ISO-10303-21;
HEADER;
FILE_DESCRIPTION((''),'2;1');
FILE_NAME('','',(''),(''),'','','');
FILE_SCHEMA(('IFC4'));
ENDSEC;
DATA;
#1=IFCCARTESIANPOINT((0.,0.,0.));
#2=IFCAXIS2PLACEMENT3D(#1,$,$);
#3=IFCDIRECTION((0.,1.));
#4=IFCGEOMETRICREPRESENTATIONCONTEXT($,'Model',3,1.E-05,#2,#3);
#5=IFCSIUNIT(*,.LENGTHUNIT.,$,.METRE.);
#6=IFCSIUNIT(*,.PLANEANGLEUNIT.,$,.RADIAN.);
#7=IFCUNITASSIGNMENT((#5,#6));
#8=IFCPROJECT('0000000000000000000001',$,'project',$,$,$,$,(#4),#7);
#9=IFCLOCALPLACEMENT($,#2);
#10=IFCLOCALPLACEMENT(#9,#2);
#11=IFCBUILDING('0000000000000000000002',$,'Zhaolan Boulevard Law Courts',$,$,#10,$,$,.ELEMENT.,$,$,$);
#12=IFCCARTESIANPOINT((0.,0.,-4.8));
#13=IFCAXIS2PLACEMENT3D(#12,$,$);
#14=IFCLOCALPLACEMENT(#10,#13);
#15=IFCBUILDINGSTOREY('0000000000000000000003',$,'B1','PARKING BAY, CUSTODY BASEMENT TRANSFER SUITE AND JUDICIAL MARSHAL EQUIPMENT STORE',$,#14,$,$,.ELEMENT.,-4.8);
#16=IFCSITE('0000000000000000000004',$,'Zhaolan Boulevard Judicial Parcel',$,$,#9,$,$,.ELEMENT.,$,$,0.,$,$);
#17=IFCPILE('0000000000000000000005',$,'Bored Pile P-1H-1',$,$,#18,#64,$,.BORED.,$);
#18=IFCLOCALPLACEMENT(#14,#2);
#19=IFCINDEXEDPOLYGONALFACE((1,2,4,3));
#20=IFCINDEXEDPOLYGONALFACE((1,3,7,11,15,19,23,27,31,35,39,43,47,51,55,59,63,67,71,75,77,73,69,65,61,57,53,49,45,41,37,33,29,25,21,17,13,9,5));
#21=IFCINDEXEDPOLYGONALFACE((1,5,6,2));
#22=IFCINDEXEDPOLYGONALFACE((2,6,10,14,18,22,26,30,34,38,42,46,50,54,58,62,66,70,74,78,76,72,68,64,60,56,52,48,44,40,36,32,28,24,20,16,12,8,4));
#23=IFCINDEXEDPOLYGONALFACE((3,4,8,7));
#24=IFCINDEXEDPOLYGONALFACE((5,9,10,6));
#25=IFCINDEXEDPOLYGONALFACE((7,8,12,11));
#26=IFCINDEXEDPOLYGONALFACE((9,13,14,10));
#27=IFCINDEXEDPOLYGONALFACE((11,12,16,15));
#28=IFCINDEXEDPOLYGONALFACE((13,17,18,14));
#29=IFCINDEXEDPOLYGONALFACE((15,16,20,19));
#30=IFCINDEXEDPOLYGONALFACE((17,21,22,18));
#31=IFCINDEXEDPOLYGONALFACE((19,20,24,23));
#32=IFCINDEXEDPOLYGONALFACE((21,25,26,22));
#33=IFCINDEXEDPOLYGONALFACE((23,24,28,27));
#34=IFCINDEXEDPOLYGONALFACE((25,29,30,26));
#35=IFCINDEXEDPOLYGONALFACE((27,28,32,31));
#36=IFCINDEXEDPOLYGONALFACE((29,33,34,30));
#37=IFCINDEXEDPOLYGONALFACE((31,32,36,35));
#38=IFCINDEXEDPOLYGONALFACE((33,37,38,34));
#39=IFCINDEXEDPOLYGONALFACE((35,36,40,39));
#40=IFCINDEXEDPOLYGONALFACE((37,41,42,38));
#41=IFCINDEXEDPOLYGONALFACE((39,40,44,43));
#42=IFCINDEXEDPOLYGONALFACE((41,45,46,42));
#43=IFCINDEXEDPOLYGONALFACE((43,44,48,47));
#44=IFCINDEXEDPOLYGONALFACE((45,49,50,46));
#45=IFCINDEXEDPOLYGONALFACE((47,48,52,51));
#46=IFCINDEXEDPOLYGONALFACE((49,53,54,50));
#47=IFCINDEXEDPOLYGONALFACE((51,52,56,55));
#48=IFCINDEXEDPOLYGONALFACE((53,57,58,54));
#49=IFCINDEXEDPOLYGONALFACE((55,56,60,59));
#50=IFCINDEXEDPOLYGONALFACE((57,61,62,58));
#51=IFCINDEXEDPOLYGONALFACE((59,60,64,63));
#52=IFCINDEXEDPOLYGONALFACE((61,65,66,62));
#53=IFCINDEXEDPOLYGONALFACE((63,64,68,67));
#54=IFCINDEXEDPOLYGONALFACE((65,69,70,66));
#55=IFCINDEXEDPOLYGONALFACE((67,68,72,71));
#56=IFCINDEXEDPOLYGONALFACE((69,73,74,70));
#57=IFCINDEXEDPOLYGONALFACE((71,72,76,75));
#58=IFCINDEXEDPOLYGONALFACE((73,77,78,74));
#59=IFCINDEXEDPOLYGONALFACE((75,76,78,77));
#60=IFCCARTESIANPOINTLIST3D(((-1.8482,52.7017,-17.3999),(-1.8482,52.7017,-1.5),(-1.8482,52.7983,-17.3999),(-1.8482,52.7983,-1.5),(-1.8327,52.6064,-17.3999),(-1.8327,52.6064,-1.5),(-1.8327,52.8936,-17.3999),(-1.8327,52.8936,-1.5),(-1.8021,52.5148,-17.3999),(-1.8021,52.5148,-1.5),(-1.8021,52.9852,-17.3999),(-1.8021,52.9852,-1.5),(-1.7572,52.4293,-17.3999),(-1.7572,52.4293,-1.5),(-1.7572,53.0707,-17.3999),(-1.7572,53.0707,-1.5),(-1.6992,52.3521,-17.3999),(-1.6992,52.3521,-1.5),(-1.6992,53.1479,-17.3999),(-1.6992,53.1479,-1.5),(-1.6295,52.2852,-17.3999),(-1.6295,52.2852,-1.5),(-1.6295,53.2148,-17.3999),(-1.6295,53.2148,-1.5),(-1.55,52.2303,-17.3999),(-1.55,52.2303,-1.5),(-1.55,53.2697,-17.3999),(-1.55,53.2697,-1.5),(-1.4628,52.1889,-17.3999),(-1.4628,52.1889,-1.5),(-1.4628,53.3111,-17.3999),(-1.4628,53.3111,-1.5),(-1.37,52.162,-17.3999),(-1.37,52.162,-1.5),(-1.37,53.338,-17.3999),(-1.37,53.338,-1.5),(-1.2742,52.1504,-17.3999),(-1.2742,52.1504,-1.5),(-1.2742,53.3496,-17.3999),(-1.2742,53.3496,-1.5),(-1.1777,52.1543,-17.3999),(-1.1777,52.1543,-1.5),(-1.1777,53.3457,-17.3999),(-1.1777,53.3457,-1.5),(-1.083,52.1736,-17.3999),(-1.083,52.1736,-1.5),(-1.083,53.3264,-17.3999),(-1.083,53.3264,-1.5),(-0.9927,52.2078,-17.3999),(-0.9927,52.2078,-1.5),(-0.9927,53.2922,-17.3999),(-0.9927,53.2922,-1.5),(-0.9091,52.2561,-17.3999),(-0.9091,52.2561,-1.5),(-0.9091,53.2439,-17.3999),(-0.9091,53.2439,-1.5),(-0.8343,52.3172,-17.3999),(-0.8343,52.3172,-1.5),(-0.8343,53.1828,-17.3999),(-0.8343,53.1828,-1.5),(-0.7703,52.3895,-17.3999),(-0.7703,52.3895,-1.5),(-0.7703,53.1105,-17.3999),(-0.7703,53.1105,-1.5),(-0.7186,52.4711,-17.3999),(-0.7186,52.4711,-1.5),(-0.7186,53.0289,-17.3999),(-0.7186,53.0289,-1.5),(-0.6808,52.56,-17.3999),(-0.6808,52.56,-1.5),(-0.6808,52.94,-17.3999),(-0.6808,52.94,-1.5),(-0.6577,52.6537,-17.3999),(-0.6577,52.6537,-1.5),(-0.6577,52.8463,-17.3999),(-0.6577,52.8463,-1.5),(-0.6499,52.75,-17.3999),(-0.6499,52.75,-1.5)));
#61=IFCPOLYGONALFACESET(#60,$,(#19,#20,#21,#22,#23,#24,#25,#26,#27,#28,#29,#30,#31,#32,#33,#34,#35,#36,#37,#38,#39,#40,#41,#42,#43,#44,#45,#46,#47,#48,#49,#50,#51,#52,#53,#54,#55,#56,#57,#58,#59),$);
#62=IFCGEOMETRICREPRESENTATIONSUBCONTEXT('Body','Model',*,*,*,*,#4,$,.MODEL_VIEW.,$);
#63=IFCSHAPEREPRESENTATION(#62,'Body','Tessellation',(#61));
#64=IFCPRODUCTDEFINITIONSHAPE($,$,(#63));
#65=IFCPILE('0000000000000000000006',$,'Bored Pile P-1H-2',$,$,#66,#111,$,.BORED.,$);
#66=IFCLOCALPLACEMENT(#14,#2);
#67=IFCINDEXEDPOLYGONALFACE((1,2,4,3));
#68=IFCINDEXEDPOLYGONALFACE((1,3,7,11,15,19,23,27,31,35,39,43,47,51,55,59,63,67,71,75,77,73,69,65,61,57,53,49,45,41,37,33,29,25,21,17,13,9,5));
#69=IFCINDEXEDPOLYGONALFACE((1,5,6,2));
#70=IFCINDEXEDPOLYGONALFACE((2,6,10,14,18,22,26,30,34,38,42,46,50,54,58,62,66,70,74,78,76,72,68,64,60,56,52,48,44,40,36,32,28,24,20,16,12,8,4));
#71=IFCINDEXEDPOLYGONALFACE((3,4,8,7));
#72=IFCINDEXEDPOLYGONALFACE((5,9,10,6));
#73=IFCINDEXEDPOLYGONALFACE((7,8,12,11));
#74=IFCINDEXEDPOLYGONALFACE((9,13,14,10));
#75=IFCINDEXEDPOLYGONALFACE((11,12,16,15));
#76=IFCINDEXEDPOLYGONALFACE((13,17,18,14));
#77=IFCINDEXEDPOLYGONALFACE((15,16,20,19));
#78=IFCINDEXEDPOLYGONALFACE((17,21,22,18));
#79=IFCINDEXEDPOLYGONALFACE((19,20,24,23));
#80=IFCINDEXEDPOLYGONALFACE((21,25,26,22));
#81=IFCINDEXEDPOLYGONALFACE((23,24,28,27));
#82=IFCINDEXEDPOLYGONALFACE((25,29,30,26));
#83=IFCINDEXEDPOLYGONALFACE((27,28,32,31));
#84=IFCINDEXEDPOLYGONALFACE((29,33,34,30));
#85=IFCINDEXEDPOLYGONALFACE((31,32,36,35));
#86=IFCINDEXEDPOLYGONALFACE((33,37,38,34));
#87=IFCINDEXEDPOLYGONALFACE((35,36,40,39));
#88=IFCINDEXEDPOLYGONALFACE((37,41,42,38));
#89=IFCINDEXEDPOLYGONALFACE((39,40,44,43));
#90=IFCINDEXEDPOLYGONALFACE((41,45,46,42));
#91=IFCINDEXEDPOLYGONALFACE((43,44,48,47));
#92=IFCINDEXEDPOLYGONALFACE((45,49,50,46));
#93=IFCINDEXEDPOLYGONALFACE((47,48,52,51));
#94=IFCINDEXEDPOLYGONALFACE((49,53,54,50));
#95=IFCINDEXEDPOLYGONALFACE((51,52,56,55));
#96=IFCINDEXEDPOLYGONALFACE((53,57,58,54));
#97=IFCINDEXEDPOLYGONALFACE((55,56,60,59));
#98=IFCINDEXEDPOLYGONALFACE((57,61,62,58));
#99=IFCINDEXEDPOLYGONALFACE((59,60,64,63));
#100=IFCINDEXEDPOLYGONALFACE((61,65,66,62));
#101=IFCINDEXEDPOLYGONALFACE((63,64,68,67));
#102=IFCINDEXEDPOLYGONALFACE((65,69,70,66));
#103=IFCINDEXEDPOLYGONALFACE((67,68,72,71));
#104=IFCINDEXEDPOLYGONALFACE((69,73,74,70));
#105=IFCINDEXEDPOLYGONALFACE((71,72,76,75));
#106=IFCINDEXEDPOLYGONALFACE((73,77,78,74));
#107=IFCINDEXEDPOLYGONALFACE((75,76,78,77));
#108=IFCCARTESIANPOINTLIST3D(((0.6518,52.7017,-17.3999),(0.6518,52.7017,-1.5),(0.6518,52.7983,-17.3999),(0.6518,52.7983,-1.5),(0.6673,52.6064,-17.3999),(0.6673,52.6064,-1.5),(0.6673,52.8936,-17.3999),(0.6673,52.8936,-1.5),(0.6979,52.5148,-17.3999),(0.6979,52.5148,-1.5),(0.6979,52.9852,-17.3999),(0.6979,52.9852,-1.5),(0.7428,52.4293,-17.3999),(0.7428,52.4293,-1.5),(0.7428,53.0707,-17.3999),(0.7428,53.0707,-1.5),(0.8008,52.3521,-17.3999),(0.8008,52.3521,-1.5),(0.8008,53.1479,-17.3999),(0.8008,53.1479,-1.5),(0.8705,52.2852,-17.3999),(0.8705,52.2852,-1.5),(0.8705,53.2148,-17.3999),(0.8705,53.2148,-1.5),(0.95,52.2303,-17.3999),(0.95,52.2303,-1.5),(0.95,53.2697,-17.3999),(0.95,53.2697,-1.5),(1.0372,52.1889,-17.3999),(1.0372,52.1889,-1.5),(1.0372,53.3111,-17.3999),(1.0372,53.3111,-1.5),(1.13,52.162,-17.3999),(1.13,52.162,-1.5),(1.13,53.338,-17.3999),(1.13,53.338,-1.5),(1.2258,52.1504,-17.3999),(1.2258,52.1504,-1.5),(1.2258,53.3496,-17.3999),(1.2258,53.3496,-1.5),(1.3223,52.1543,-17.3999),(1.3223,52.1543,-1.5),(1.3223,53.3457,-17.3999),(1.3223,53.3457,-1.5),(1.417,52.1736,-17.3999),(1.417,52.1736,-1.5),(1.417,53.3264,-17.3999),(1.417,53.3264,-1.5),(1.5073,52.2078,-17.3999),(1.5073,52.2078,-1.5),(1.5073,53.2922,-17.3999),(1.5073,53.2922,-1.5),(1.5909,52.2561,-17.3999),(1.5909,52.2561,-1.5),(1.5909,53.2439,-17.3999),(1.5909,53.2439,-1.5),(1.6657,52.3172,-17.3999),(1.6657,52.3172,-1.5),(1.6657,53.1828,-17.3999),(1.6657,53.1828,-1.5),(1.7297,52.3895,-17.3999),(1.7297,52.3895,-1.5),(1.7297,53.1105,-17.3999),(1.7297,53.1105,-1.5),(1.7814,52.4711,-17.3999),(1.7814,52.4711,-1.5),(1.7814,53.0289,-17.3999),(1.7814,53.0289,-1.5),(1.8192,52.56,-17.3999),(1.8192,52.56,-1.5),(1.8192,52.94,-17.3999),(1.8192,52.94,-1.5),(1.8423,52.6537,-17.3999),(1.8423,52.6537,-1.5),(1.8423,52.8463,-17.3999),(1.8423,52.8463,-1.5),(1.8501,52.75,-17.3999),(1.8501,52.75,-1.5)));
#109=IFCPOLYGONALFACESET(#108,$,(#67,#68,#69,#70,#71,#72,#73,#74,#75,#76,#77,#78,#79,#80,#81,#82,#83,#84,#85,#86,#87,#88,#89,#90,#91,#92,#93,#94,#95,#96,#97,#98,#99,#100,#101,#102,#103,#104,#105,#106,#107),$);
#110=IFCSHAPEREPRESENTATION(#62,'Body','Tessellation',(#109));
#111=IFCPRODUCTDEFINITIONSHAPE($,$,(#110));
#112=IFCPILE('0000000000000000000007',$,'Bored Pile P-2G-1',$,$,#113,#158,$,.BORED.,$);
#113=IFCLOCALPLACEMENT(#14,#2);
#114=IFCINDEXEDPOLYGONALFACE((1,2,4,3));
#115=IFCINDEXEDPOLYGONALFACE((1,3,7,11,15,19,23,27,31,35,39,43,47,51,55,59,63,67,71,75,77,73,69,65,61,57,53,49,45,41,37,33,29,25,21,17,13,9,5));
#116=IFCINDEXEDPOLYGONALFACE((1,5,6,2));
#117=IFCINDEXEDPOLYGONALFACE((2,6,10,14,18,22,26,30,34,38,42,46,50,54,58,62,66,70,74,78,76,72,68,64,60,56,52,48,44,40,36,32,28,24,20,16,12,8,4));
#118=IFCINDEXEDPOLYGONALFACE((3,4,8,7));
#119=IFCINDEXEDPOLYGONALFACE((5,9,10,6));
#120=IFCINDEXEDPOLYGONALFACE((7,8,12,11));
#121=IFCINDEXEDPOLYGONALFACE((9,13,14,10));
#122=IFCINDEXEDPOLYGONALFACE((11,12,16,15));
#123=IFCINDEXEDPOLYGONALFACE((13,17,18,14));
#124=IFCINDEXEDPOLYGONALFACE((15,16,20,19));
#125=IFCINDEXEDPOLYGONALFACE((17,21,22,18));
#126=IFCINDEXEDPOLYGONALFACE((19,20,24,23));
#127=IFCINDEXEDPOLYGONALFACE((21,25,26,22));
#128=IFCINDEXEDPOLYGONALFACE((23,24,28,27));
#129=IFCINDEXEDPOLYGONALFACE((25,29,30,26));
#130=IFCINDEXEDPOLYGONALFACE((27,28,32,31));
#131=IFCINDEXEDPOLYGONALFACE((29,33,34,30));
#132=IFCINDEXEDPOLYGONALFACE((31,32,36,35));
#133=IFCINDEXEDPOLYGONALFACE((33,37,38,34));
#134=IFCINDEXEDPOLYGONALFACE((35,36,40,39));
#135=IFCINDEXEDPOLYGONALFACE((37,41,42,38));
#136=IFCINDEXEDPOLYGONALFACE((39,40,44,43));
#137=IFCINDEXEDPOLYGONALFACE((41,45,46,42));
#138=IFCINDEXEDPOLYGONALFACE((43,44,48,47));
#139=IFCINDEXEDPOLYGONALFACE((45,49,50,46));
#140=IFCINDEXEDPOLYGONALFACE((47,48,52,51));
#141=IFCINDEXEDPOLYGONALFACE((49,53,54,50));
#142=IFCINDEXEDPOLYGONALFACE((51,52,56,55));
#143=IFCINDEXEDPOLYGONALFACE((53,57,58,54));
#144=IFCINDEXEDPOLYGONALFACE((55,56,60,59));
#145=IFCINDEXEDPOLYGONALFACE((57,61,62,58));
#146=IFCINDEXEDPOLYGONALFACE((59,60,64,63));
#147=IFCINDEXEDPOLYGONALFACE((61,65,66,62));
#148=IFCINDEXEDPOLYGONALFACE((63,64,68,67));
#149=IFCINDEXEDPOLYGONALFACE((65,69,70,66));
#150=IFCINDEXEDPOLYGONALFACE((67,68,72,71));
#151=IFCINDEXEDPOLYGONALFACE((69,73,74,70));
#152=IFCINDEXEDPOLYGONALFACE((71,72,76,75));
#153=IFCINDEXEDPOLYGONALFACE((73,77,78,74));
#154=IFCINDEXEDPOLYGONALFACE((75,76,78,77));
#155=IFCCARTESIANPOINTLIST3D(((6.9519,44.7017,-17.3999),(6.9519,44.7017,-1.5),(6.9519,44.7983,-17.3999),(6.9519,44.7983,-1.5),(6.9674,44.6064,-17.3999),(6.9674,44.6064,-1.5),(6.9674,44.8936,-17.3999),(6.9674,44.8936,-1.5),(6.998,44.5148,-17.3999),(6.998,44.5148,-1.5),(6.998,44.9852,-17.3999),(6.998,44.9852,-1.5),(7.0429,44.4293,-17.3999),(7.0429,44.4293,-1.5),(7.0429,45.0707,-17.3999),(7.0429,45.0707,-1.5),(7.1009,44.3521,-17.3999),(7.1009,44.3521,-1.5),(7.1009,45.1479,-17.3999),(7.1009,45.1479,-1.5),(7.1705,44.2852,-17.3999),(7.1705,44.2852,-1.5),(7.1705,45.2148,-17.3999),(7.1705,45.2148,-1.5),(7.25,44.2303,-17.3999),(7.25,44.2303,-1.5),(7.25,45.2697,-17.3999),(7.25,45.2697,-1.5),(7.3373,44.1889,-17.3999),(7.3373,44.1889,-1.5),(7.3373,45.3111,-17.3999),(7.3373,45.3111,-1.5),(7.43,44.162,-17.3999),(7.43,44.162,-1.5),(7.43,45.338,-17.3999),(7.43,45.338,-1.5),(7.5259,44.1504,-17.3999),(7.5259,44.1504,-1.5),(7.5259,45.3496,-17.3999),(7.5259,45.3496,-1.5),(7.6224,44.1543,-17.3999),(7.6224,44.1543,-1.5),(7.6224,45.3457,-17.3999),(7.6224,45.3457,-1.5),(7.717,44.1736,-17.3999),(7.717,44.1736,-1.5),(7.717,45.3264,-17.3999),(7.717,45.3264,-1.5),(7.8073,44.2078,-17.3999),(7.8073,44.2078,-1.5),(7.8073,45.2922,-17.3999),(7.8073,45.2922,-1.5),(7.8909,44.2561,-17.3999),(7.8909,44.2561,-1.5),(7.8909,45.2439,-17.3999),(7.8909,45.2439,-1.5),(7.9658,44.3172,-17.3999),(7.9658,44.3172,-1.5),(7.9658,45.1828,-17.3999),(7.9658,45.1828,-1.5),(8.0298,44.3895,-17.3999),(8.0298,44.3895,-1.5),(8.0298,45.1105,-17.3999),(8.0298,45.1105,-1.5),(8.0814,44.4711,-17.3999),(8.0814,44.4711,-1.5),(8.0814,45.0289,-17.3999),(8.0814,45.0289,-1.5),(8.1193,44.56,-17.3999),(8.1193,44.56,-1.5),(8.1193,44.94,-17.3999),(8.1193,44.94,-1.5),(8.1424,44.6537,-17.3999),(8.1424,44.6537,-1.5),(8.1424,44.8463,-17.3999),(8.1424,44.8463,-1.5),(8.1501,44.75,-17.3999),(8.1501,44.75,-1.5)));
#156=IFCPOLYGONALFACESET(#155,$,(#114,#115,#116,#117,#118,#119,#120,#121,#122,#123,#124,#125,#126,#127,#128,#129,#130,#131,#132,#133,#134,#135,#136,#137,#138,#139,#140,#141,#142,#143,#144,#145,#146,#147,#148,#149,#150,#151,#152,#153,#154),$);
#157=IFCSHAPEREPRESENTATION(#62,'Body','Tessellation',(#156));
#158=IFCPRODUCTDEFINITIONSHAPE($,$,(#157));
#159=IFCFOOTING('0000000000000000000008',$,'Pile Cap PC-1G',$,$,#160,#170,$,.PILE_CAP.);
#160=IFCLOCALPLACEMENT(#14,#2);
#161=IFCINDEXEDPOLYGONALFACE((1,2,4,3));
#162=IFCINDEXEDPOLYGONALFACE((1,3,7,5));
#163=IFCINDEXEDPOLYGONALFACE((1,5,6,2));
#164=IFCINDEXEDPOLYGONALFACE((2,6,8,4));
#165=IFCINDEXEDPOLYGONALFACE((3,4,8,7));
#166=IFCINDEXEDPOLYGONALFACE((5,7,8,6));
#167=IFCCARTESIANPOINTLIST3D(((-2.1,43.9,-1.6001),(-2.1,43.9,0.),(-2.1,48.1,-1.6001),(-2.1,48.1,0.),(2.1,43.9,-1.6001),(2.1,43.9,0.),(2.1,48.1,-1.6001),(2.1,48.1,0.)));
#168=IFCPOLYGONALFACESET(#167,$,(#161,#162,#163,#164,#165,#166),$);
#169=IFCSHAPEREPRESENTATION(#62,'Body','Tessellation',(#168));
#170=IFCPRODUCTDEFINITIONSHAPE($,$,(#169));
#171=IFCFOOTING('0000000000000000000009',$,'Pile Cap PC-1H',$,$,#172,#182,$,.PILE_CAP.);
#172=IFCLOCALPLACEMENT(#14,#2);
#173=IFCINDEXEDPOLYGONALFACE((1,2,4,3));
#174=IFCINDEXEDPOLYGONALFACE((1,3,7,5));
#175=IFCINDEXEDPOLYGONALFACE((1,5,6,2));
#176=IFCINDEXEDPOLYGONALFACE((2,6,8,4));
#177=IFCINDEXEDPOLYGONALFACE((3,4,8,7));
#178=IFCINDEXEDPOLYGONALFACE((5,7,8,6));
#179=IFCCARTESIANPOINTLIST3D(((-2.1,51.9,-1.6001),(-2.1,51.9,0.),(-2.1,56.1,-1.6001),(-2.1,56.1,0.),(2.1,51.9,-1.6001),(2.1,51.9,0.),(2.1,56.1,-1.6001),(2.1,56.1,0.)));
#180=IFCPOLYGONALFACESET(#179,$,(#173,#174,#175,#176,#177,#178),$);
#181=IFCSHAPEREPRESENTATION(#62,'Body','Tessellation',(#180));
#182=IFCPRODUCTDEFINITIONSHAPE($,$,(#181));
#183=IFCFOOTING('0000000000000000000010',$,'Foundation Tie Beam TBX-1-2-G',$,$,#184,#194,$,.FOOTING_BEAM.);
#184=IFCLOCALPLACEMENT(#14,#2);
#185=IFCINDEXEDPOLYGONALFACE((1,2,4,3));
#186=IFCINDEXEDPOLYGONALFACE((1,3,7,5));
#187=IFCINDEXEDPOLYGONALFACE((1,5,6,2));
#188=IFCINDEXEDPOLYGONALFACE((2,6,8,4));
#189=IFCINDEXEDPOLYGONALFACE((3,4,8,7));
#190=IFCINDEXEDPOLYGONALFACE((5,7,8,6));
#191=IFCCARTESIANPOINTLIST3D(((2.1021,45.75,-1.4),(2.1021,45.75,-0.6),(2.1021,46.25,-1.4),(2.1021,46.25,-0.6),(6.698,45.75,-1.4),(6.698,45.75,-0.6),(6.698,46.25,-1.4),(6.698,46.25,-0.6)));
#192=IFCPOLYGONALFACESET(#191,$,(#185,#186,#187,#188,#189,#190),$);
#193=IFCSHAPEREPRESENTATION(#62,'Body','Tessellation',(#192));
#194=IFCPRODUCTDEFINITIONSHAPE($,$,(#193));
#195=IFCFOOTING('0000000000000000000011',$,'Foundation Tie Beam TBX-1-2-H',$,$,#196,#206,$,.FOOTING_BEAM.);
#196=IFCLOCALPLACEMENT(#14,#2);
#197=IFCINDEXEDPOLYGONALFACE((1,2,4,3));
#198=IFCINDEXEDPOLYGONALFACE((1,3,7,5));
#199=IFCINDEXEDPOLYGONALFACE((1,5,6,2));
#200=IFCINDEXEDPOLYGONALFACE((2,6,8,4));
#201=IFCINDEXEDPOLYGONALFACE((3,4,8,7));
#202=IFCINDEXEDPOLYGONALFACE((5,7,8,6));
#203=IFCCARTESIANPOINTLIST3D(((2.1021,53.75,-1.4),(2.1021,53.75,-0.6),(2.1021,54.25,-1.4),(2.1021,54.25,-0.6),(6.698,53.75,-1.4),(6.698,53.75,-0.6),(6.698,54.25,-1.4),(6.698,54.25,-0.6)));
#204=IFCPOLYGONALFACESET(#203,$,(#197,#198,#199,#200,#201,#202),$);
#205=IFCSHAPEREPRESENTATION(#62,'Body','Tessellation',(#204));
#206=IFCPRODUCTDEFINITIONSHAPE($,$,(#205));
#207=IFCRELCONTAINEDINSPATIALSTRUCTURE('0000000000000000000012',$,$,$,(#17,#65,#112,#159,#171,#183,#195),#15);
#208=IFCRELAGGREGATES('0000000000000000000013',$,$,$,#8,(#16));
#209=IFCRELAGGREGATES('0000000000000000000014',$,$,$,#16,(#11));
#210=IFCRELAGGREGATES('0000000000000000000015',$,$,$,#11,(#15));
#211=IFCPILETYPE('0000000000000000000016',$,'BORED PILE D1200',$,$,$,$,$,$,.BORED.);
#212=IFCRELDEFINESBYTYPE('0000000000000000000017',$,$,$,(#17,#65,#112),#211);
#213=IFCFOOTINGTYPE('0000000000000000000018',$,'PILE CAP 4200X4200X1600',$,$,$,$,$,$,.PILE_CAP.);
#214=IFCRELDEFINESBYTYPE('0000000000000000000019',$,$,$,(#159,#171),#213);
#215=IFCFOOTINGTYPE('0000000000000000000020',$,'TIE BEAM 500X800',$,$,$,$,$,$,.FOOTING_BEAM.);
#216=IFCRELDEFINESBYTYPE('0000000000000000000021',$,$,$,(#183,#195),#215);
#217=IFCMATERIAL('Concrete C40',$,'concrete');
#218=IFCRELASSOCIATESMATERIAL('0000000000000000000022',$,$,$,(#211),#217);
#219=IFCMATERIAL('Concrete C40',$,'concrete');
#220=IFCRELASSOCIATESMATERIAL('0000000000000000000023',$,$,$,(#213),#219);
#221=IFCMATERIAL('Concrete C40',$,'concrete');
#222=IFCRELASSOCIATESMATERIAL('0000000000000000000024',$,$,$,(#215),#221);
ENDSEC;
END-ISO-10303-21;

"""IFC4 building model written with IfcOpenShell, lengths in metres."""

from ifc_helpers import new_model, si_unit, direction, frame, origin, origin_2d, place, context, subcontext, project, spatial, rectangle, circle, extrude, material, material_profile, profile_set, type_object, element, save


model = new_model("IFC4")

# Units and contexts
model_context = context("Model", 3, precision=1e-05, world=origin(), true_north=direction((0.0, 1.0)))
body_context = subcontext(model_context, "Body", "Model", "MODEL_VIEW")
ifc_project = project(units=[si_unit("LENGTHUNIT", "METRE"), si_unit("PLANEANGLEUNIT", "RADIAN")], contexts=[model_context])

# Site, building, storey
site_placement = place(None, origin())
site = spatial("IfcSite", under=ifc_project, at=site_placement, Name="Zhaolan Boulevard Judicial Parcel", CompositionType="ELEMENT", RefElevation=0.0)
building_placement = place(site_placement, origin())
building = spatial("IfcBuilding", under=site, at=building_placement, Name="Zhaolan Boulevard Law Courts", CompositionType="ELEMENT")
storey_placement = place(building_placement, frame((0.0, 0.0, -4.8)))
storey = spatial("IfcBuildingStorey", under=building, at=storey_placement, Name="B1", Description="PARKING BAY, CUSTODY BASEMENT TRANSFER SUITE AND JUDICIAL MARSHAL EQUIPMENT STORE", CompositionType="ELEMENT", Elevation=-4.8)

# Piles
ifc_material_1 = material(Name="Concrete C40", Category="concrete")
ifc_material_profile_1 = material_profile(ifc_material_1, circle(Radius=0.6001, at=origin_2d()), Name="PILE-D1200")
ifc_profile_set_1 = profile_set([ifc_material_profile_1], Name="Concrete C40")
pile_type = type_object("IfcPileType", Name="BORED PILE D1200", PredefinedType="BORED", material=ifc_profile_set_1)
for number, where, z_axis, x_axis, name in (
    (1, (-1.25, 52.75, -1.5), (0.0, 0.0, -1.0), (1.0, 0.0, 0.0), "Bored Pile P-1H-1"),
    (2, (1.25, 52.75, -1.5), (0.0, 0.0, -1.0), (1.0, 0.0, 0.0), "Bored Pile P-1H-2"),
    (3, (7.55, 44.75, -1.5), (0.0, 0.0, -1.0), (1.0, 0.0, 0.0), "Bored Pile P-2G-1"),
):
    element("IfcPile", number, at=place(storey_placement, frame(where, z_axis=z_axis, x_axis=x_axis)), inside=storey, type_object=pile_type, Name=name, PredefinedType="BORED", context=body_context, shape_type="SweptSolid", body=[
        extrude(circle(Radius=0.6001, at=origin_2d()), origin(), (0.0, 0.0, 1.0), 15.8999),
    ])

# Footings
ifc_material_2 = material(Name="Concrete C40", Category="concrete")
footing_type_1 = type_object("IfcFootingType", Name="PILE CAP 4200X4200X1600", PredefinedType="PILE_CAP", material=ifc_material_2)
for number, where, z_axis, x_axis, name in (
    (4, (0.0, 46.0, -1.6001), (0.0, 0.0, 1.0), (1.0, 0.0, 0.0), "Pile Cap PC-1G"),
    (5, (0.0, 54.0, -1.6001), (0.0, 0.0, 1.0), (1.0, 0.0, 0.0), "Pile Cap PC-1H"),
):
    element("IfcFooting", number, at=place(storey_placement, frame(where, z_axis=z_axis, x_axis=x_axis)), inside=storey, type_object=footing_type_1, Name=name, PredefinedType="PILE_CAP", context=body_context, shape_type="SweptSolid", body=[
        extrude(rectangle(XDim=4.2, YDim=4.2, at=origin_2d()), origin(), (0.0, 0.0, 1.0), 1.6001),
    ])
ifc_material_3 = material(Name="Concrete C40", Category="concrete")
ifc_material_profile_2 = material_profile(ifc_material_3, rectangle(XDim=0.5, YDim=0.8, at=origin_2d()), Name="RC500x800")
ifc_profile_set_2 = profile_set([ifc_material_profile_2], Name="Concrete C40")
footing_type_2 = type_object("IfcFootingType", Name="TIE BEAM 500X800", PredefinedType="FOOTING_BEAM", material=ifc_profile_set_2)
for number, where, z_axis, x_axis, name in (
    (6, (2.1021, 46.0, -1.0), (1.0, 0.0, 0.0), (0.0, 1.0, 0.0), "Foundation Tie Beam TBX-1-2-G"),
    (7, (2.1021, 54.0, -1.0), (1.0, 0.0, 0.0), (0.0, 1.0, 0.0), "Foundation Tie Beam TBX-1-2-H"),
):
    element("IfcFooting", number, at=place(storey_placement, frame(where, z_axis=z_axis, x_axis=x_axis)), inside=storey, type_object=footing_type_2, Name=name, PredefinedType="FOOTING_BEAM", context=body_context, shape_type="SweptSolid", body=[
        extrude(rectangle(XDim=0.5, YDim=0.8, at=origin_2d()), origin(), (0.0, 0.0, 1.0), 4.5959),
    ])

save(model, "model.ifc")
